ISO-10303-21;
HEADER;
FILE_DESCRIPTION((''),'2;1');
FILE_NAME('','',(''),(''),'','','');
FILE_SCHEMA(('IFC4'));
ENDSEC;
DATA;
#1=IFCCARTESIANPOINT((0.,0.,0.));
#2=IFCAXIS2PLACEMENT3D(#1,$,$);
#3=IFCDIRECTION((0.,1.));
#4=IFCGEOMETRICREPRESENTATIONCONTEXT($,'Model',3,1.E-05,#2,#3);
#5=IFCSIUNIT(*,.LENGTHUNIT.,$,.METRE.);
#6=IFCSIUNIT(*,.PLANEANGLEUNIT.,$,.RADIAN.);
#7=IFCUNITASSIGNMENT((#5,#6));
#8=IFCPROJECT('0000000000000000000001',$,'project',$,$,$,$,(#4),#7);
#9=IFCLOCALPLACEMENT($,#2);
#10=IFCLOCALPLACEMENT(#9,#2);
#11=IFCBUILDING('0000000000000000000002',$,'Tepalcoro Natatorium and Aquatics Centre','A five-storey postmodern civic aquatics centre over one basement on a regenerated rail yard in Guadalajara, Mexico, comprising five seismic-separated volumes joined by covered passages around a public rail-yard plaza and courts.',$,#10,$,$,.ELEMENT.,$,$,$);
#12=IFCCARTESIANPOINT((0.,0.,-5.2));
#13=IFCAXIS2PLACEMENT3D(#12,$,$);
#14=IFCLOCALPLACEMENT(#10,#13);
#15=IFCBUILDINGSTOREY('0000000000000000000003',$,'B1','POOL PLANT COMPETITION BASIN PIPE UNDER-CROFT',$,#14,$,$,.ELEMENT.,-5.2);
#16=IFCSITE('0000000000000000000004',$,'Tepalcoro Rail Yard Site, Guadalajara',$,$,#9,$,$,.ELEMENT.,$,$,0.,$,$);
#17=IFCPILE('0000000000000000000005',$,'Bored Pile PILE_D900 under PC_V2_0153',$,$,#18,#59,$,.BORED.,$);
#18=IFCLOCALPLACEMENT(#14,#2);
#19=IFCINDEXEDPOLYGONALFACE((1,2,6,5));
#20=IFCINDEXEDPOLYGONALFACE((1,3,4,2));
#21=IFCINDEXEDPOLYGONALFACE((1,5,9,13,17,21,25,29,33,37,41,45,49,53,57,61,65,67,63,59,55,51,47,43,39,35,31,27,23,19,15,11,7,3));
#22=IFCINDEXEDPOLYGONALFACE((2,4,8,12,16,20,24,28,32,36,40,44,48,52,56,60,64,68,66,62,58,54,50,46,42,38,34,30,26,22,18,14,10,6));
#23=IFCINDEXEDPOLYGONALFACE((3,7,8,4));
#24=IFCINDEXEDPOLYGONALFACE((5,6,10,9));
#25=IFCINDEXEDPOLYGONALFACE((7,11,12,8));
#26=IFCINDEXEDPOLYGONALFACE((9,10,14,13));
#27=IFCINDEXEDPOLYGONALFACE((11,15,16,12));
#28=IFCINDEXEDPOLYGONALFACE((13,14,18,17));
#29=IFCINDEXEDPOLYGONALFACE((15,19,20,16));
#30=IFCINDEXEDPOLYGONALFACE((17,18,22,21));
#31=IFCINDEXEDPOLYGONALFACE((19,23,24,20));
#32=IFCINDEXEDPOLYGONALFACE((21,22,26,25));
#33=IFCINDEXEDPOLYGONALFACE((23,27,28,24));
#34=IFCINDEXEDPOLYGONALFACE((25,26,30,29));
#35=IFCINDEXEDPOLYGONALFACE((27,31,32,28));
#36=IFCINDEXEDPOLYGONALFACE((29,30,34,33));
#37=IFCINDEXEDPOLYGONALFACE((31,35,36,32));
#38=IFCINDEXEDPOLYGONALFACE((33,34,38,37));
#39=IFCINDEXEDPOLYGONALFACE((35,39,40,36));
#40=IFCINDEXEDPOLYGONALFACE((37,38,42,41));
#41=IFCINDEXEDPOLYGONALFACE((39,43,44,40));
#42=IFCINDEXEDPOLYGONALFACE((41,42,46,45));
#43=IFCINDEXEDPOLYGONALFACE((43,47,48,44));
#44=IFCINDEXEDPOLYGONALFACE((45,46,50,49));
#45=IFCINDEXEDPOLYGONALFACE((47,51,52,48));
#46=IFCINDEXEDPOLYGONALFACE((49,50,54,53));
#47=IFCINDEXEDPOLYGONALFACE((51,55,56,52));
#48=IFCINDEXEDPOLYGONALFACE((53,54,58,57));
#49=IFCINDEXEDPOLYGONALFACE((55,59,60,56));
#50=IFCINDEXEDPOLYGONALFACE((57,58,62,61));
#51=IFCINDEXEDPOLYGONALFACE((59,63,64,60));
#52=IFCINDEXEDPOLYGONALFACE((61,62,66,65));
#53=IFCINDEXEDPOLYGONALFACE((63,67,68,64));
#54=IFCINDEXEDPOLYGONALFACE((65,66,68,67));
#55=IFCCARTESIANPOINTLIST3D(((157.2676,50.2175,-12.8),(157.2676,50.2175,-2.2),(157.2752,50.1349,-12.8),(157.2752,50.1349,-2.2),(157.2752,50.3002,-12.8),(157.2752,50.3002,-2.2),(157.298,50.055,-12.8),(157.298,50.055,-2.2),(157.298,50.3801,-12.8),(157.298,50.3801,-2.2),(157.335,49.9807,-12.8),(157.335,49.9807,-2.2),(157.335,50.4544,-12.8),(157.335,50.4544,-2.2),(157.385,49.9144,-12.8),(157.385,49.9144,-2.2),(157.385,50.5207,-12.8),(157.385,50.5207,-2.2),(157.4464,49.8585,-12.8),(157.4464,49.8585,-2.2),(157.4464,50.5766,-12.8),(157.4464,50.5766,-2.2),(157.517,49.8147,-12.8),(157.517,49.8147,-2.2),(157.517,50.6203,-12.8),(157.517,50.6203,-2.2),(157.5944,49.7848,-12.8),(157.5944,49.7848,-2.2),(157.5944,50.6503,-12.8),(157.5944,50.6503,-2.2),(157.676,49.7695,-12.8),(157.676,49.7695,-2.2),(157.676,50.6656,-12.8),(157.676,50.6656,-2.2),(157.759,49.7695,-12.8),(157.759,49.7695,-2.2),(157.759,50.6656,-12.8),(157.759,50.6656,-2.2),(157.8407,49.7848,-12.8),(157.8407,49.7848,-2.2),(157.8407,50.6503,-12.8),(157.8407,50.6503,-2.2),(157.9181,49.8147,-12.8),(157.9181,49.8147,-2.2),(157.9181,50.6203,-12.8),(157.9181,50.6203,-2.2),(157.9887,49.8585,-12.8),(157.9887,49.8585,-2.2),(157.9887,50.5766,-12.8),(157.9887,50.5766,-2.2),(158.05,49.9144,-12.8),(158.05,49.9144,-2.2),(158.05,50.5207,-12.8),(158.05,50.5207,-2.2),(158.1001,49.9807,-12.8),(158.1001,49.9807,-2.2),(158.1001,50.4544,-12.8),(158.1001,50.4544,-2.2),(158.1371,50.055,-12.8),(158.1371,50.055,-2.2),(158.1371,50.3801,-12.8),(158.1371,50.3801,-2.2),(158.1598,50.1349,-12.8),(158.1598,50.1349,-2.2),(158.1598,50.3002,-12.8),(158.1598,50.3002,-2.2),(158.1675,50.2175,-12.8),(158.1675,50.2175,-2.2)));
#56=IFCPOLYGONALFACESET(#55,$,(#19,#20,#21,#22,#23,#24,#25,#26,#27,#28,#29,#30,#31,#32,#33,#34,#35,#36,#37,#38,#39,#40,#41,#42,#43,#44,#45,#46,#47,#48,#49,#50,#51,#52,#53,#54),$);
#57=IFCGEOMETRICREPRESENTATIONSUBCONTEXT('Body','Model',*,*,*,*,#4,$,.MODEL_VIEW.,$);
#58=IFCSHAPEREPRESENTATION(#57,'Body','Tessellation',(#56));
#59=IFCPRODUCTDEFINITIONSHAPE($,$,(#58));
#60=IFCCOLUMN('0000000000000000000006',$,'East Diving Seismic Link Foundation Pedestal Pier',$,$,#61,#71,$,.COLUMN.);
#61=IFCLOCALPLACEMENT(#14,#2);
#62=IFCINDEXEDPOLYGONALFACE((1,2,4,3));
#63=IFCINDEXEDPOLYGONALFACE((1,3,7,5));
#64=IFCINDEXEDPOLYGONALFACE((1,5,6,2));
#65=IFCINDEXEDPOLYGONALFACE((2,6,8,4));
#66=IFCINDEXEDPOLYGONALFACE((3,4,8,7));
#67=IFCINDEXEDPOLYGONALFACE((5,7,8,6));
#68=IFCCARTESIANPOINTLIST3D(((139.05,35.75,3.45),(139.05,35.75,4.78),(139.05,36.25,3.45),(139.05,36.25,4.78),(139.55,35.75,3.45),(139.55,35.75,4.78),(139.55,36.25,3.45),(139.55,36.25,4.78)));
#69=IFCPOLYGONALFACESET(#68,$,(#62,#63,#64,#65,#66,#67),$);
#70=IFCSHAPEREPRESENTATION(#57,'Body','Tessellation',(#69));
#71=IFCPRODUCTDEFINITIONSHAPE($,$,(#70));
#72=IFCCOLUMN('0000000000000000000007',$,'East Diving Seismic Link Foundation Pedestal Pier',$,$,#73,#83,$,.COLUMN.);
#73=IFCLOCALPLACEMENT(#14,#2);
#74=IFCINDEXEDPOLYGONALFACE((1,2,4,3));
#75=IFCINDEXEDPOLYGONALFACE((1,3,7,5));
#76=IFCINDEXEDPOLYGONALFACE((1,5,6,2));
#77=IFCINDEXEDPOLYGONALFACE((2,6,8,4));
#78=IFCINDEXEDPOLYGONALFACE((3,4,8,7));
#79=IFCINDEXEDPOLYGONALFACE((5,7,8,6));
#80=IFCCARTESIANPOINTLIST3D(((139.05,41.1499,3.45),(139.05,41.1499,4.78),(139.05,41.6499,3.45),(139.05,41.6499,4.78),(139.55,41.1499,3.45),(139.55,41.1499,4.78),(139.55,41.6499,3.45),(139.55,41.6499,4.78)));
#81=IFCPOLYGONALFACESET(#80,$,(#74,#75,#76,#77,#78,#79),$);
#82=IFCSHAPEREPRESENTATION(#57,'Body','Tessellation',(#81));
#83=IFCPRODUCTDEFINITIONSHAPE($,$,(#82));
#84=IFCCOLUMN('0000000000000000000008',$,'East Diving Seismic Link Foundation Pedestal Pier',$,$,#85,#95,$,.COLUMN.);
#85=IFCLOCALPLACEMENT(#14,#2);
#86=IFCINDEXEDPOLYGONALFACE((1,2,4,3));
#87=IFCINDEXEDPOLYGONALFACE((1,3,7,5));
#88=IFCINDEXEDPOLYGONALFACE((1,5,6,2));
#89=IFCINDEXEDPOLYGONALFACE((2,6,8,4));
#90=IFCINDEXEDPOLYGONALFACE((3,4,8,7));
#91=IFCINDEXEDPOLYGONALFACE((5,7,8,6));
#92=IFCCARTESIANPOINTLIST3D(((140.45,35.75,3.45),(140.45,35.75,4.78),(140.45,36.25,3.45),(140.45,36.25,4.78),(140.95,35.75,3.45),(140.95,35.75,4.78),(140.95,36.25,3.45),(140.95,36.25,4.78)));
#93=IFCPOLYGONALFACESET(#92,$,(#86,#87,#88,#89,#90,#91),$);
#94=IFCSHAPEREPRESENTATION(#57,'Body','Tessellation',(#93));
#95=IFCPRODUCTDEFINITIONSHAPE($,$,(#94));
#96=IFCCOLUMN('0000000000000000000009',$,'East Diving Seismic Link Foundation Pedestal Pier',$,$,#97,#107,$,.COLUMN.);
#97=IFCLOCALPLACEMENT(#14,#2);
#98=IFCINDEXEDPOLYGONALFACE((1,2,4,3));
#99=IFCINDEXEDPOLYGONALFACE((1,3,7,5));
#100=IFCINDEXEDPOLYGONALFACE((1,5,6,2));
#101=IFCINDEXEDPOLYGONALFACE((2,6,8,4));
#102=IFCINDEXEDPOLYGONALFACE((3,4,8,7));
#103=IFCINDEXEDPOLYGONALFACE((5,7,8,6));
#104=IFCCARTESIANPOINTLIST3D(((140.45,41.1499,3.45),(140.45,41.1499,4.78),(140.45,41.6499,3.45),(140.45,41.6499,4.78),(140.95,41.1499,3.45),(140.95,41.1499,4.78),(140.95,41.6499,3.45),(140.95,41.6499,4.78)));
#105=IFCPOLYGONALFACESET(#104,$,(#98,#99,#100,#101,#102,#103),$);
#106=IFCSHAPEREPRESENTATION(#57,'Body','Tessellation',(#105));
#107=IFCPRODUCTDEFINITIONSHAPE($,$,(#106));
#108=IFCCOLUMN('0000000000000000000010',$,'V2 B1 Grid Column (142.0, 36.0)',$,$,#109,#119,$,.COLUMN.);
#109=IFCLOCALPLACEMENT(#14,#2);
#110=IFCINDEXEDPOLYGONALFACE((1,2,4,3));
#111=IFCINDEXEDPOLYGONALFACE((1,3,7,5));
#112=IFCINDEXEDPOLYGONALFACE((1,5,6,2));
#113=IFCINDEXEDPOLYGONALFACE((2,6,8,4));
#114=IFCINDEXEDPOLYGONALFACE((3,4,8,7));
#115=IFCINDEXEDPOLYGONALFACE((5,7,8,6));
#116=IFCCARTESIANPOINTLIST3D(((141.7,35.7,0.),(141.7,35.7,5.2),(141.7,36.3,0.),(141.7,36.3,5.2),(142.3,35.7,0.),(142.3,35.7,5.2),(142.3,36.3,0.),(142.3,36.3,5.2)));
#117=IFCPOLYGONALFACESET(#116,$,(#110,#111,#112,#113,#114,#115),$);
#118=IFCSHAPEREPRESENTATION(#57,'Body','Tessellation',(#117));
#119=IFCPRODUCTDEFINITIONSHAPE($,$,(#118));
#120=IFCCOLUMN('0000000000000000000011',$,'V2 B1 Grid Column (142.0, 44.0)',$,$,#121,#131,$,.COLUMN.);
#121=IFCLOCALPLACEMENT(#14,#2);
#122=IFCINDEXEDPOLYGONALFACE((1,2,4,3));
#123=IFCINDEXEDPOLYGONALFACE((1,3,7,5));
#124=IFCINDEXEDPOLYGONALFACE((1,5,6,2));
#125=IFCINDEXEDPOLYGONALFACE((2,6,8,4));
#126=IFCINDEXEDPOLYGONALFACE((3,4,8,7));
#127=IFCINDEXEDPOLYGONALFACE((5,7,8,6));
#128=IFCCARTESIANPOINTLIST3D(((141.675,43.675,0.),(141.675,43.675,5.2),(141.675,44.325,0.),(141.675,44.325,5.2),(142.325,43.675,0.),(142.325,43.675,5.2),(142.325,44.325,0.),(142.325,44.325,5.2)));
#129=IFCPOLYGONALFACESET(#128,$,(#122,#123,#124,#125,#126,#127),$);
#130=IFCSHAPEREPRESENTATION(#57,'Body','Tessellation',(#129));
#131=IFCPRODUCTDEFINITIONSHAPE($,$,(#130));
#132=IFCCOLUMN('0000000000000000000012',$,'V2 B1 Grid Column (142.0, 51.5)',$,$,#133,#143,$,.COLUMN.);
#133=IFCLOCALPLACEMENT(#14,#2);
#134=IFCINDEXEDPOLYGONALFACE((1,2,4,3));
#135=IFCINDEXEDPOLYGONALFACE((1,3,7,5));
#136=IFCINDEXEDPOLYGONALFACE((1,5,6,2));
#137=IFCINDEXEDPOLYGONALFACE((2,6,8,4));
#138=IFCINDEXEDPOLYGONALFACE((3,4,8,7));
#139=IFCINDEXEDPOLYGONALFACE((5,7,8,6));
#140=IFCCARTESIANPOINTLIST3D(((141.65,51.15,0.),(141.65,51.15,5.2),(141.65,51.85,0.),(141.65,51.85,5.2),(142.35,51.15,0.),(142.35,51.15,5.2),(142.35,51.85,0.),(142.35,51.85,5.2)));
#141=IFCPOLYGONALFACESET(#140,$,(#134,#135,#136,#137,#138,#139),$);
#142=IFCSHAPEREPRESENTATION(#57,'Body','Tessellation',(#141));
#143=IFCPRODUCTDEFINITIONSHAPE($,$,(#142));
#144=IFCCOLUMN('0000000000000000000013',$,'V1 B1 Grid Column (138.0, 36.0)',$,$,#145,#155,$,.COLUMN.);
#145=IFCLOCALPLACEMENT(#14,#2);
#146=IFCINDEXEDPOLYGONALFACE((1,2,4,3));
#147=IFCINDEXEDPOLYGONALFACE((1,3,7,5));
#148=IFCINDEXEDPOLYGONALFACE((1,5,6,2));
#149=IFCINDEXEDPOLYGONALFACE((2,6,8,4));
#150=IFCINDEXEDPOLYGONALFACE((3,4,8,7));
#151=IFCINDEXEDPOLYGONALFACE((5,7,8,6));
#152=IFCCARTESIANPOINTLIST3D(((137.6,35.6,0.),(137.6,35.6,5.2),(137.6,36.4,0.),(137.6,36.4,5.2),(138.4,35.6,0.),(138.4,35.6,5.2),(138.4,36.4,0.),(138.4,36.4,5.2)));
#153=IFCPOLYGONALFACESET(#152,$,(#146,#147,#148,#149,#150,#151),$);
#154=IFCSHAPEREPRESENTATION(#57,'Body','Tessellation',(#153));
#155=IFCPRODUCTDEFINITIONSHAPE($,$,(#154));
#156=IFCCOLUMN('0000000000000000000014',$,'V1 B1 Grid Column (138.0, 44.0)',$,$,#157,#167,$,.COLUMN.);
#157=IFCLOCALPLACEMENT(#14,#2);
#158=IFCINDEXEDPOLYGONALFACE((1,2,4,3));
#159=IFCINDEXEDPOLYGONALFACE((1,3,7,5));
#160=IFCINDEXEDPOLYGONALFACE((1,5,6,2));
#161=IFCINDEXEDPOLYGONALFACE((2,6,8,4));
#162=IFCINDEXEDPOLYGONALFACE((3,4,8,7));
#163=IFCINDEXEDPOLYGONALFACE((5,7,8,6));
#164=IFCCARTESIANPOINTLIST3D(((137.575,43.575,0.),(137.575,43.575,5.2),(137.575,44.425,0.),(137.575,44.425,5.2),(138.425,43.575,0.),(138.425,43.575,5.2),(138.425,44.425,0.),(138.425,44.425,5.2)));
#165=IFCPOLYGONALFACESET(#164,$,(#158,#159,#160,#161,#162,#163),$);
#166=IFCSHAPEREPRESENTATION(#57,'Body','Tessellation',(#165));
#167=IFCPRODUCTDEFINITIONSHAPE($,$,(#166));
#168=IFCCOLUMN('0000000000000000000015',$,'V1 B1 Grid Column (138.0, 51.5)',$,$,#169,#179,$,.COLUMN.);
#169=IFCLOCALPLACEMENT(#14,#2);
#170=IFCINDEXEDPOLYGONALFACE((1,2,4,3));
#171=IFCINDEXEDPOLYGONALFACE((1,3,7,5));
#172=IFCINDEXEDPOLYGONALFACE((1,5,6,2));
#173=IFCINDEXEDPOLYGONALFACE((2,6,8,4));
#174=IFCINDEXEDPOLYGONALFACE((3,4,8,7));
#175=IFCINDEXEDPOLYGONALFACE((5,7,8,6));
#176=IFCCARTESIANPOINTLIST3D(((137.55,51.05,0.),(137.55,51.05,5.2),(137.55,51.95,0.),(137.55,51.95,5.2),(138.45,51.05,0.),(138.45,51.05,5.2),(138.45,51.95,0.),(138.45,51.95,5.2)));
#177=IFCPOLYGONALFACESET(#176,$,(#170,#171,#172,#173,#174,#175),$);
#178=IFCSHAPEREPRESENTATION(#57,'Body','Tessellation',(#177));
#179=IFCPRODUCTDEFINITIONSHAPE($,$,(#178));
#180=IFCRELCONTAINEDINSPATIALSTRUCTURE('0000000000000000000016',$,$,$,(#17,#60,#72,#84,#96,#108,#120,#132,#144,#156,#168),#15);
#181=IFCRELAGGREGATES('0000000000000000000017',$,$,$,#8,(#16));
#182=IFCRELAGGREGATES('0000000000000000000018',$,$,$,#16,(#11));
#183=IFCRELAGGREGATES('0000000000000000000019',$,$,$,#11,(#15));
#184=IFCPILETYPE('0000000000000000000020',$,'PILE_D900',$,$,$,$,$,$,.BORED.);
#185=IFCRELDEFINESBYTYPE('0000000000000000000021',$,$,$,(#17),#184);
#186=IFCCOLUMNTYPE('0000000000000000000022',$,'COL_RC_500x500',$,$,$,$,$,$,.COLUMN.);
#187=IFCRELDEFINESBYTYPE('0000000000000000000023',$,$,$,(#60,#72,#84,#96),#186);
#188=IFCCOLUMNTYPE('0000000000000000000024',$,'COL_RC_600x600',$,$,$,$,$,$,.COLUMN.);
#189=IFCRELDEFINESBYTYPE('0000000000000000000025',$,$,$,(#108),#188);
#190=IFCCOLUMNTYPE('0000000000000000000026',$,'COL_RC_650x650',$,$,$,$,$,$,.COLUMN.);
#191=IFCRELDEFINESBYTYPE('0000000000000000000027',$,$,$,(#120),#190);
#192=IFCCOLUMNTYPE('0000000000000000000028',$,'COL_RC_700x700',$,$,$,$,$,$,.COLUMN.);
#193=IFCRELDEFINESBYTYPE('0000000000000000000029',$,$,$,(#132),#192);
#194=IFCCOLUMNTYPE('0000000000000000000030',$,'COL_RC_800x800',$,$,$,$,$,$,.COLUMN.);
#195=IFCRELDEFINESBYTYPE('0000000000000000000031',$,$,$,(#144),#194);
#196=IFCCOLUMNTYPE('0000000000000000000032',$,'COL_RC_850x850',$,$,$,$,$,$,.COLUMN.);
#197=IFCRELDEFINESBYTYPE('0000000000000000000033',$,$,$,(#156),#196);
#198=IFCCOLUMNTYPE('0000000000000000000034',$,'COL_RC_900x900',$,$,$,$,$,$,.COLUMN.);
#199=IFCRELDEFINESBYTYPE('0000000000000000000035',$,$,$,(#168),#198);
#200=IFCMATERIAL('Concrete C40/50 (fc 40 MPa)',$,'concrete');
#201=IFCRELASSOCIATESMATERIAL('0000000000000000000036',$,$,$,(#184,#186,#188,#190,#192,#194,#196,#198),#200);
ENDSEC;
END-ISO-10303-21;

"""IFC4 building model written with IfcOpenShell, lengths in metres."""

from ifc_helpers import new_model, si_unit, direction, frame, origin, origin_2d, place, context, subcontext, project, spatial, rectangle, circle, extrude, material, material_profile, profile_set, type_object, element, save


model = new_model("IFC4")

# Units and contexts
model_context = context("Model", 3, precision=1e-05, world=origin(), true_north=direction((0.0, 1.0)))
body_context = subcontext(model_context, "Body", "Model", "MODEL_VIEW")
ifc_project = project(units=[si_unit("LENGTHUNIT", "METRE"), si_unit("PLANEANGLEUNIT", "RADIAN")], contexts=[model_context])

# Site, building, storey
site_placement = place(None, origin())
site = spatial("IfcSite", under=ifc_project, at=site_placement, Name="Tepalcoro Rail Yard Site, Guadalajara", CompositionType="ELEMENT", RefElevation=0.0)
building_placement = place(site_placement, origin())
building = spatial("IfcBuilding", under=site, at=building_placement, Name="Tepalcoro Natatorium and Aquatics Centre", Description="A five-storey postmodern civic aquatics centre over one basement on a regenerated rail yard in Guadalajara, Mexico, comprising five seismic-separated volumes joined by covered passages around a public rail-yard plaza and courts.", CompositionType="ELEMENT")
storey_placement = place(building_placement, frame((0.0, 0.0, -5.2)))
storey = spatial("IfcBuildingStorey", under=building, at=storey_placement, Name="B1", Description="POOL PLANT COMPETITION BASIN PIPE UNDER-CROFT", CompositionType="ELEMENT", Elevation=-5.2)

# Pile
ifc_material_1 = material(Name="Concrete C40/50 (fc 40 MPa)", Category="concrete")
ifc_material_profile_1 = material_profile(ifc_material_1, circle(Radius=0.45, at=origin_2d()), Name="PILE_D900")
ifc_profile_set_1 = profile_set([ifc_material_profile_1], Name="Concrete C40/50 (fc 40 MPa)")
pile_type_1 = type_object("IfcPileType", Name="PILE_D900", PredefinedType="BORED", material=ifc_profile_set_1)
pile_1_placement = place(storey_placement, frame((157.7175, 50.2175, -2.2), z_axis=(0.0, 0.0, -1.0), x_axis=(1.0, 0.0, 0.0)))
element("IfcPile", 1, at=pile_1_placement, inside=storey, type_object=pile_type_1, Name="Bored Pile PILE_D900 under PC_V2_0153", PredefinedType="BORED", context=body_context, shape_type="SweptSolid", body=[
    extrude(circle(Radius=0.45, at=origin_2d()), origin(), (0.0, 0.0, 1.0), 10.6001),
])

# Columns
ifc_material_profile_2 = material_profile(ifc_material_1, rectangle(XDim=0.5, YDim=0.5, at=origin_2d()), Name="RC500x500")
ifc_profile_set_2 = profile_set([ifc_material_profile_2], Name="Concrete C40/50 (fc 40 MPa)")
column_type_1 = type_object("IfcColumnType", Name="COL_RC_500x500", PredefinedType="COLUMN", material=ifc_profile_set_2)
for number, where, z_axis, x_axis, name in (
    (2, (139.3, 36.0, 3.45), (0.0, 0.0, 1.0), (1.0, 0.0, 0.0), "East Diving Seismic Link Foundation Pedestal Pier"),
    (3, (139.3, 41.3999, 3.45), (0.0, 0.0, 1.0), (1.0, 0.0, 0.0), "East Diving Seismic Link Foundation Pedestal Pier"),
    (4, (140.7, 36.0, 3.45), (0.0, 0.0, 1.0), (1.0, 0.0, 0.0), "East Diving Seismic Link Foundation Pedestal Pier"),
    (5, (140.7, 41.3999, 3.45), (0.0, 0.0, 1.0), (1.0, 0.0, 0.0), "East Diving Seismic Link Foundation Pedestal Pier"),
):
    element("IfcColumn", number, at=place(storey_placement, frame(where, z_axis=z_axis, x_axis=x_axis)), inside=storey, type_object=column_type_1, Name=name, PredefinedType="COLUMN", context=body_context, shape_type="SweptSolid", body=[
        extrude(rectangle(XDim=0.5, YDim=0.5, at=origin_2d()), origin(), (0.0, 0.0, 1.0), 1.3301),
    ])
ifc_material_profile_3 = material_profile(ifc_material_1, rectangle(XDim=0.6001, YDim=0.6001, at=origin_2d()), Name="RC600x600")
ifc_profile_set_3 = profile_set([ifc_material_profile_3], Name="Concrete C40/50 (fc 40 MPa)")
column_type_2 = type_object("IfcColumnType", Name="COL_RC_600x600", PredefinedType="COLUMN", material=ifc_profile_set_3)
column_1_placement = place(storey_placement, frame((142.0, 36.0, 0.0), z_axis=(0.0, 0.0, 1.0), x_axis=(1.0, 0.0, 0.0)))
element("IfcColumn", 6, at=column_1_placement, inside=storey, type_object=column_type_2, Name="V2 B1 Grid Column (142.0, 36.0)", PredefinedType="COLUMN", context=body_context, shape_type="SweptSolid", body=[
    extrude(rectangle(XDim=0.6001, YDim=0.6001, at=origin_2d()), origin(), (0.0, 0.0, 1.0), 5.2),
])
ifc_material_profile_4 = material_profile(ifc_material_1, rectangle(XDim=0.6499, YDim=0.6499, at=origin_2d()), Name="RC650x650")
ifc_profile_set_4 = profile_set([ifc_material_profile_4], Name="Concrete C40/50 (fc 40 MPa)")
column_type_3 = type_object("IfcColumnType", Name="COL_RC_650x650", PredefinedType="COLUMN", material=ifc_profile_set_4)
column_2_placement = place(storey_placement, frame((142.0, 44.0, 0.0), z_axis=(0.0, 0.0, 1.0), x_axis=(1.0, 0.0, 0.0)))
element("IfcColumn", 7, at=column_2_placement, inside=storey, type_object=column_type_3, Name="V2 B1 Grid Column (142.0, 44.0)", PredefinedType="COLUMN", context=body_context, shape_type="SweptSolid", body=[
    extrude(rectangle(XDim=0.6499, YDim=0.6499, at=origin_2d()), origin(), (0.0, 0.0, 1.0), 5.2),
])
ifc_material_profile_5 = material_profile(ifc_material_1, rectangle(XDim=0.7, YDim=0.7, at=origin_2d()), Name="RC700x700")
ifc_profile_set_5 = profile_set([ifc_material_profile_5], Name="Concrete C40/50 (fc 40 MPa)")
column_type_4 = type_object("IfcColumnType", Name="COL_RC_700x700", PredefinedType="COLUMN", material=ifc_profile_set_5)
column_3_placement = place(storey_placement, frame((142.0, 51.5, 0.0), z_axis=(0.0, 0.0, 1.0), x_axis=(1.0, 0.0, 0.0)))
element("IfcColumn", 8, at=column_3_placement, inside=storey, type_object=column_type_4, Name="V2 B1 Grid Column (142.0, 51.5)", PredefinedType="COLUMN", context=body_context, shape_type="SweptSolid", body=[
    extrude(rectangle(XDim=0.7, YDim=0.7, at=origin_2d()), origin(), (0.0, 0.0, 1.0), 5.2),
])
ifc_material_profile_6 = material_profile(ifc_material_1, rectangle(XDim=0.8, YDim=0.8, at=origin_2d()), Name="RC800x800")
ifc_profile_set_6 = profile_set([ifc_material_profile_6], Name="Concrete C40/50 (fc 40 MPa)")
column_type_5 = type_object("IfcColumnType", Name="COL_RC_800x800", PredefinedType="COLUMN", material=ifc_profile_set_6)
column_4_placement = place(storey_placement, frame((138.0, 36.0, 0.0), z_axis=(0.0, 0.0, 1.0), x_axis=(1.0, 0.0, 0.0)))
element("IfcColumn", 9, at=column_4_placement, inside=storey, type_object=column_type_5, Name="V1 B1 Grid Column (138.0, 36.0)", PredefinedType="COLUMN", context=body_context, shape_type="SweptSolid", body=[
    extrude(rectangle(XDim=0.8, YDim=0.8, at=origin_2d()), origin(), (0.0, 0.0, 1.0), 5.2),
])
ifc_material_profile_7 = material_profile(ifc_material_1, rectangle(XDim=0.8501, YDim=0.8501, at=origin_2d()), Name="RC850x850")
ifc_profile_set_7 = profile_set([ifc_material_profile_7], Name="Concrete C40/50 (fc 40 MPa)")
column_type_6 = type_object("IfcColumnType", Name="COL_RC_850x850", PredefinedType="COLUMN", material=ifc_profile_set_7)
column_5_placement = place(storey_placement, frame((138.0, 44.0, 0.0), z_axis=(0.0, 0.0, 1.0), x_axis=(1.0, 0.0, 0.0)))
element("IfcColumn", 10, at=column_5_placement, inside=storey, type_object=column_type_6, Name="V1 B1 Grid Column (138.0, 44.0)", PredefinedType="COLUMN", context=body_context, shape_type="SweptSolid", body=[
    extrude(rectangle(XDim=0.8501, YDim=0.8501, at=origin_2d()), origin(), (0.0, 0.0, 1.0), 5.2),
])
ifc_material_profile_8 = material_profile(ifc_material_1, rectangle(XDim=0.8999, YDim=0.8999, at=origin_2d()), Name="RC900x900")
ifc_profile_set_8 = profile_set([ifc_material_profile_8], Name="Concrete C40/50 (fc 40 MPa)")
column_type_7 = type_object("IfcColumnType", Name="COL_RC_900x900", PredefinedType="COLUMN", material=ifc_profile_set_8)
column_6_placement = place(storey_placement, frame((138.0, 51.5, 0.0), z_axis=(0.0, 0.0, 1.0), x_axis=(1.0, 0.0, 0.0)))
element("IfcColumn", 11, at=column_6_placement, inside=storey, type_object=column_type_7, Name="V1 B1 Grid Column (138.0, 51.5)", PredefinedType="COLUMN", context=body_context, shape_type="SweptSolid", body=[
    extrude(rectangle(XDim=0.8999, YDim=0.8999, at=origin_2d()), origin(), (0.0, 0.0, 1.0), 5.2),
])

save(model, "model.ifc")
